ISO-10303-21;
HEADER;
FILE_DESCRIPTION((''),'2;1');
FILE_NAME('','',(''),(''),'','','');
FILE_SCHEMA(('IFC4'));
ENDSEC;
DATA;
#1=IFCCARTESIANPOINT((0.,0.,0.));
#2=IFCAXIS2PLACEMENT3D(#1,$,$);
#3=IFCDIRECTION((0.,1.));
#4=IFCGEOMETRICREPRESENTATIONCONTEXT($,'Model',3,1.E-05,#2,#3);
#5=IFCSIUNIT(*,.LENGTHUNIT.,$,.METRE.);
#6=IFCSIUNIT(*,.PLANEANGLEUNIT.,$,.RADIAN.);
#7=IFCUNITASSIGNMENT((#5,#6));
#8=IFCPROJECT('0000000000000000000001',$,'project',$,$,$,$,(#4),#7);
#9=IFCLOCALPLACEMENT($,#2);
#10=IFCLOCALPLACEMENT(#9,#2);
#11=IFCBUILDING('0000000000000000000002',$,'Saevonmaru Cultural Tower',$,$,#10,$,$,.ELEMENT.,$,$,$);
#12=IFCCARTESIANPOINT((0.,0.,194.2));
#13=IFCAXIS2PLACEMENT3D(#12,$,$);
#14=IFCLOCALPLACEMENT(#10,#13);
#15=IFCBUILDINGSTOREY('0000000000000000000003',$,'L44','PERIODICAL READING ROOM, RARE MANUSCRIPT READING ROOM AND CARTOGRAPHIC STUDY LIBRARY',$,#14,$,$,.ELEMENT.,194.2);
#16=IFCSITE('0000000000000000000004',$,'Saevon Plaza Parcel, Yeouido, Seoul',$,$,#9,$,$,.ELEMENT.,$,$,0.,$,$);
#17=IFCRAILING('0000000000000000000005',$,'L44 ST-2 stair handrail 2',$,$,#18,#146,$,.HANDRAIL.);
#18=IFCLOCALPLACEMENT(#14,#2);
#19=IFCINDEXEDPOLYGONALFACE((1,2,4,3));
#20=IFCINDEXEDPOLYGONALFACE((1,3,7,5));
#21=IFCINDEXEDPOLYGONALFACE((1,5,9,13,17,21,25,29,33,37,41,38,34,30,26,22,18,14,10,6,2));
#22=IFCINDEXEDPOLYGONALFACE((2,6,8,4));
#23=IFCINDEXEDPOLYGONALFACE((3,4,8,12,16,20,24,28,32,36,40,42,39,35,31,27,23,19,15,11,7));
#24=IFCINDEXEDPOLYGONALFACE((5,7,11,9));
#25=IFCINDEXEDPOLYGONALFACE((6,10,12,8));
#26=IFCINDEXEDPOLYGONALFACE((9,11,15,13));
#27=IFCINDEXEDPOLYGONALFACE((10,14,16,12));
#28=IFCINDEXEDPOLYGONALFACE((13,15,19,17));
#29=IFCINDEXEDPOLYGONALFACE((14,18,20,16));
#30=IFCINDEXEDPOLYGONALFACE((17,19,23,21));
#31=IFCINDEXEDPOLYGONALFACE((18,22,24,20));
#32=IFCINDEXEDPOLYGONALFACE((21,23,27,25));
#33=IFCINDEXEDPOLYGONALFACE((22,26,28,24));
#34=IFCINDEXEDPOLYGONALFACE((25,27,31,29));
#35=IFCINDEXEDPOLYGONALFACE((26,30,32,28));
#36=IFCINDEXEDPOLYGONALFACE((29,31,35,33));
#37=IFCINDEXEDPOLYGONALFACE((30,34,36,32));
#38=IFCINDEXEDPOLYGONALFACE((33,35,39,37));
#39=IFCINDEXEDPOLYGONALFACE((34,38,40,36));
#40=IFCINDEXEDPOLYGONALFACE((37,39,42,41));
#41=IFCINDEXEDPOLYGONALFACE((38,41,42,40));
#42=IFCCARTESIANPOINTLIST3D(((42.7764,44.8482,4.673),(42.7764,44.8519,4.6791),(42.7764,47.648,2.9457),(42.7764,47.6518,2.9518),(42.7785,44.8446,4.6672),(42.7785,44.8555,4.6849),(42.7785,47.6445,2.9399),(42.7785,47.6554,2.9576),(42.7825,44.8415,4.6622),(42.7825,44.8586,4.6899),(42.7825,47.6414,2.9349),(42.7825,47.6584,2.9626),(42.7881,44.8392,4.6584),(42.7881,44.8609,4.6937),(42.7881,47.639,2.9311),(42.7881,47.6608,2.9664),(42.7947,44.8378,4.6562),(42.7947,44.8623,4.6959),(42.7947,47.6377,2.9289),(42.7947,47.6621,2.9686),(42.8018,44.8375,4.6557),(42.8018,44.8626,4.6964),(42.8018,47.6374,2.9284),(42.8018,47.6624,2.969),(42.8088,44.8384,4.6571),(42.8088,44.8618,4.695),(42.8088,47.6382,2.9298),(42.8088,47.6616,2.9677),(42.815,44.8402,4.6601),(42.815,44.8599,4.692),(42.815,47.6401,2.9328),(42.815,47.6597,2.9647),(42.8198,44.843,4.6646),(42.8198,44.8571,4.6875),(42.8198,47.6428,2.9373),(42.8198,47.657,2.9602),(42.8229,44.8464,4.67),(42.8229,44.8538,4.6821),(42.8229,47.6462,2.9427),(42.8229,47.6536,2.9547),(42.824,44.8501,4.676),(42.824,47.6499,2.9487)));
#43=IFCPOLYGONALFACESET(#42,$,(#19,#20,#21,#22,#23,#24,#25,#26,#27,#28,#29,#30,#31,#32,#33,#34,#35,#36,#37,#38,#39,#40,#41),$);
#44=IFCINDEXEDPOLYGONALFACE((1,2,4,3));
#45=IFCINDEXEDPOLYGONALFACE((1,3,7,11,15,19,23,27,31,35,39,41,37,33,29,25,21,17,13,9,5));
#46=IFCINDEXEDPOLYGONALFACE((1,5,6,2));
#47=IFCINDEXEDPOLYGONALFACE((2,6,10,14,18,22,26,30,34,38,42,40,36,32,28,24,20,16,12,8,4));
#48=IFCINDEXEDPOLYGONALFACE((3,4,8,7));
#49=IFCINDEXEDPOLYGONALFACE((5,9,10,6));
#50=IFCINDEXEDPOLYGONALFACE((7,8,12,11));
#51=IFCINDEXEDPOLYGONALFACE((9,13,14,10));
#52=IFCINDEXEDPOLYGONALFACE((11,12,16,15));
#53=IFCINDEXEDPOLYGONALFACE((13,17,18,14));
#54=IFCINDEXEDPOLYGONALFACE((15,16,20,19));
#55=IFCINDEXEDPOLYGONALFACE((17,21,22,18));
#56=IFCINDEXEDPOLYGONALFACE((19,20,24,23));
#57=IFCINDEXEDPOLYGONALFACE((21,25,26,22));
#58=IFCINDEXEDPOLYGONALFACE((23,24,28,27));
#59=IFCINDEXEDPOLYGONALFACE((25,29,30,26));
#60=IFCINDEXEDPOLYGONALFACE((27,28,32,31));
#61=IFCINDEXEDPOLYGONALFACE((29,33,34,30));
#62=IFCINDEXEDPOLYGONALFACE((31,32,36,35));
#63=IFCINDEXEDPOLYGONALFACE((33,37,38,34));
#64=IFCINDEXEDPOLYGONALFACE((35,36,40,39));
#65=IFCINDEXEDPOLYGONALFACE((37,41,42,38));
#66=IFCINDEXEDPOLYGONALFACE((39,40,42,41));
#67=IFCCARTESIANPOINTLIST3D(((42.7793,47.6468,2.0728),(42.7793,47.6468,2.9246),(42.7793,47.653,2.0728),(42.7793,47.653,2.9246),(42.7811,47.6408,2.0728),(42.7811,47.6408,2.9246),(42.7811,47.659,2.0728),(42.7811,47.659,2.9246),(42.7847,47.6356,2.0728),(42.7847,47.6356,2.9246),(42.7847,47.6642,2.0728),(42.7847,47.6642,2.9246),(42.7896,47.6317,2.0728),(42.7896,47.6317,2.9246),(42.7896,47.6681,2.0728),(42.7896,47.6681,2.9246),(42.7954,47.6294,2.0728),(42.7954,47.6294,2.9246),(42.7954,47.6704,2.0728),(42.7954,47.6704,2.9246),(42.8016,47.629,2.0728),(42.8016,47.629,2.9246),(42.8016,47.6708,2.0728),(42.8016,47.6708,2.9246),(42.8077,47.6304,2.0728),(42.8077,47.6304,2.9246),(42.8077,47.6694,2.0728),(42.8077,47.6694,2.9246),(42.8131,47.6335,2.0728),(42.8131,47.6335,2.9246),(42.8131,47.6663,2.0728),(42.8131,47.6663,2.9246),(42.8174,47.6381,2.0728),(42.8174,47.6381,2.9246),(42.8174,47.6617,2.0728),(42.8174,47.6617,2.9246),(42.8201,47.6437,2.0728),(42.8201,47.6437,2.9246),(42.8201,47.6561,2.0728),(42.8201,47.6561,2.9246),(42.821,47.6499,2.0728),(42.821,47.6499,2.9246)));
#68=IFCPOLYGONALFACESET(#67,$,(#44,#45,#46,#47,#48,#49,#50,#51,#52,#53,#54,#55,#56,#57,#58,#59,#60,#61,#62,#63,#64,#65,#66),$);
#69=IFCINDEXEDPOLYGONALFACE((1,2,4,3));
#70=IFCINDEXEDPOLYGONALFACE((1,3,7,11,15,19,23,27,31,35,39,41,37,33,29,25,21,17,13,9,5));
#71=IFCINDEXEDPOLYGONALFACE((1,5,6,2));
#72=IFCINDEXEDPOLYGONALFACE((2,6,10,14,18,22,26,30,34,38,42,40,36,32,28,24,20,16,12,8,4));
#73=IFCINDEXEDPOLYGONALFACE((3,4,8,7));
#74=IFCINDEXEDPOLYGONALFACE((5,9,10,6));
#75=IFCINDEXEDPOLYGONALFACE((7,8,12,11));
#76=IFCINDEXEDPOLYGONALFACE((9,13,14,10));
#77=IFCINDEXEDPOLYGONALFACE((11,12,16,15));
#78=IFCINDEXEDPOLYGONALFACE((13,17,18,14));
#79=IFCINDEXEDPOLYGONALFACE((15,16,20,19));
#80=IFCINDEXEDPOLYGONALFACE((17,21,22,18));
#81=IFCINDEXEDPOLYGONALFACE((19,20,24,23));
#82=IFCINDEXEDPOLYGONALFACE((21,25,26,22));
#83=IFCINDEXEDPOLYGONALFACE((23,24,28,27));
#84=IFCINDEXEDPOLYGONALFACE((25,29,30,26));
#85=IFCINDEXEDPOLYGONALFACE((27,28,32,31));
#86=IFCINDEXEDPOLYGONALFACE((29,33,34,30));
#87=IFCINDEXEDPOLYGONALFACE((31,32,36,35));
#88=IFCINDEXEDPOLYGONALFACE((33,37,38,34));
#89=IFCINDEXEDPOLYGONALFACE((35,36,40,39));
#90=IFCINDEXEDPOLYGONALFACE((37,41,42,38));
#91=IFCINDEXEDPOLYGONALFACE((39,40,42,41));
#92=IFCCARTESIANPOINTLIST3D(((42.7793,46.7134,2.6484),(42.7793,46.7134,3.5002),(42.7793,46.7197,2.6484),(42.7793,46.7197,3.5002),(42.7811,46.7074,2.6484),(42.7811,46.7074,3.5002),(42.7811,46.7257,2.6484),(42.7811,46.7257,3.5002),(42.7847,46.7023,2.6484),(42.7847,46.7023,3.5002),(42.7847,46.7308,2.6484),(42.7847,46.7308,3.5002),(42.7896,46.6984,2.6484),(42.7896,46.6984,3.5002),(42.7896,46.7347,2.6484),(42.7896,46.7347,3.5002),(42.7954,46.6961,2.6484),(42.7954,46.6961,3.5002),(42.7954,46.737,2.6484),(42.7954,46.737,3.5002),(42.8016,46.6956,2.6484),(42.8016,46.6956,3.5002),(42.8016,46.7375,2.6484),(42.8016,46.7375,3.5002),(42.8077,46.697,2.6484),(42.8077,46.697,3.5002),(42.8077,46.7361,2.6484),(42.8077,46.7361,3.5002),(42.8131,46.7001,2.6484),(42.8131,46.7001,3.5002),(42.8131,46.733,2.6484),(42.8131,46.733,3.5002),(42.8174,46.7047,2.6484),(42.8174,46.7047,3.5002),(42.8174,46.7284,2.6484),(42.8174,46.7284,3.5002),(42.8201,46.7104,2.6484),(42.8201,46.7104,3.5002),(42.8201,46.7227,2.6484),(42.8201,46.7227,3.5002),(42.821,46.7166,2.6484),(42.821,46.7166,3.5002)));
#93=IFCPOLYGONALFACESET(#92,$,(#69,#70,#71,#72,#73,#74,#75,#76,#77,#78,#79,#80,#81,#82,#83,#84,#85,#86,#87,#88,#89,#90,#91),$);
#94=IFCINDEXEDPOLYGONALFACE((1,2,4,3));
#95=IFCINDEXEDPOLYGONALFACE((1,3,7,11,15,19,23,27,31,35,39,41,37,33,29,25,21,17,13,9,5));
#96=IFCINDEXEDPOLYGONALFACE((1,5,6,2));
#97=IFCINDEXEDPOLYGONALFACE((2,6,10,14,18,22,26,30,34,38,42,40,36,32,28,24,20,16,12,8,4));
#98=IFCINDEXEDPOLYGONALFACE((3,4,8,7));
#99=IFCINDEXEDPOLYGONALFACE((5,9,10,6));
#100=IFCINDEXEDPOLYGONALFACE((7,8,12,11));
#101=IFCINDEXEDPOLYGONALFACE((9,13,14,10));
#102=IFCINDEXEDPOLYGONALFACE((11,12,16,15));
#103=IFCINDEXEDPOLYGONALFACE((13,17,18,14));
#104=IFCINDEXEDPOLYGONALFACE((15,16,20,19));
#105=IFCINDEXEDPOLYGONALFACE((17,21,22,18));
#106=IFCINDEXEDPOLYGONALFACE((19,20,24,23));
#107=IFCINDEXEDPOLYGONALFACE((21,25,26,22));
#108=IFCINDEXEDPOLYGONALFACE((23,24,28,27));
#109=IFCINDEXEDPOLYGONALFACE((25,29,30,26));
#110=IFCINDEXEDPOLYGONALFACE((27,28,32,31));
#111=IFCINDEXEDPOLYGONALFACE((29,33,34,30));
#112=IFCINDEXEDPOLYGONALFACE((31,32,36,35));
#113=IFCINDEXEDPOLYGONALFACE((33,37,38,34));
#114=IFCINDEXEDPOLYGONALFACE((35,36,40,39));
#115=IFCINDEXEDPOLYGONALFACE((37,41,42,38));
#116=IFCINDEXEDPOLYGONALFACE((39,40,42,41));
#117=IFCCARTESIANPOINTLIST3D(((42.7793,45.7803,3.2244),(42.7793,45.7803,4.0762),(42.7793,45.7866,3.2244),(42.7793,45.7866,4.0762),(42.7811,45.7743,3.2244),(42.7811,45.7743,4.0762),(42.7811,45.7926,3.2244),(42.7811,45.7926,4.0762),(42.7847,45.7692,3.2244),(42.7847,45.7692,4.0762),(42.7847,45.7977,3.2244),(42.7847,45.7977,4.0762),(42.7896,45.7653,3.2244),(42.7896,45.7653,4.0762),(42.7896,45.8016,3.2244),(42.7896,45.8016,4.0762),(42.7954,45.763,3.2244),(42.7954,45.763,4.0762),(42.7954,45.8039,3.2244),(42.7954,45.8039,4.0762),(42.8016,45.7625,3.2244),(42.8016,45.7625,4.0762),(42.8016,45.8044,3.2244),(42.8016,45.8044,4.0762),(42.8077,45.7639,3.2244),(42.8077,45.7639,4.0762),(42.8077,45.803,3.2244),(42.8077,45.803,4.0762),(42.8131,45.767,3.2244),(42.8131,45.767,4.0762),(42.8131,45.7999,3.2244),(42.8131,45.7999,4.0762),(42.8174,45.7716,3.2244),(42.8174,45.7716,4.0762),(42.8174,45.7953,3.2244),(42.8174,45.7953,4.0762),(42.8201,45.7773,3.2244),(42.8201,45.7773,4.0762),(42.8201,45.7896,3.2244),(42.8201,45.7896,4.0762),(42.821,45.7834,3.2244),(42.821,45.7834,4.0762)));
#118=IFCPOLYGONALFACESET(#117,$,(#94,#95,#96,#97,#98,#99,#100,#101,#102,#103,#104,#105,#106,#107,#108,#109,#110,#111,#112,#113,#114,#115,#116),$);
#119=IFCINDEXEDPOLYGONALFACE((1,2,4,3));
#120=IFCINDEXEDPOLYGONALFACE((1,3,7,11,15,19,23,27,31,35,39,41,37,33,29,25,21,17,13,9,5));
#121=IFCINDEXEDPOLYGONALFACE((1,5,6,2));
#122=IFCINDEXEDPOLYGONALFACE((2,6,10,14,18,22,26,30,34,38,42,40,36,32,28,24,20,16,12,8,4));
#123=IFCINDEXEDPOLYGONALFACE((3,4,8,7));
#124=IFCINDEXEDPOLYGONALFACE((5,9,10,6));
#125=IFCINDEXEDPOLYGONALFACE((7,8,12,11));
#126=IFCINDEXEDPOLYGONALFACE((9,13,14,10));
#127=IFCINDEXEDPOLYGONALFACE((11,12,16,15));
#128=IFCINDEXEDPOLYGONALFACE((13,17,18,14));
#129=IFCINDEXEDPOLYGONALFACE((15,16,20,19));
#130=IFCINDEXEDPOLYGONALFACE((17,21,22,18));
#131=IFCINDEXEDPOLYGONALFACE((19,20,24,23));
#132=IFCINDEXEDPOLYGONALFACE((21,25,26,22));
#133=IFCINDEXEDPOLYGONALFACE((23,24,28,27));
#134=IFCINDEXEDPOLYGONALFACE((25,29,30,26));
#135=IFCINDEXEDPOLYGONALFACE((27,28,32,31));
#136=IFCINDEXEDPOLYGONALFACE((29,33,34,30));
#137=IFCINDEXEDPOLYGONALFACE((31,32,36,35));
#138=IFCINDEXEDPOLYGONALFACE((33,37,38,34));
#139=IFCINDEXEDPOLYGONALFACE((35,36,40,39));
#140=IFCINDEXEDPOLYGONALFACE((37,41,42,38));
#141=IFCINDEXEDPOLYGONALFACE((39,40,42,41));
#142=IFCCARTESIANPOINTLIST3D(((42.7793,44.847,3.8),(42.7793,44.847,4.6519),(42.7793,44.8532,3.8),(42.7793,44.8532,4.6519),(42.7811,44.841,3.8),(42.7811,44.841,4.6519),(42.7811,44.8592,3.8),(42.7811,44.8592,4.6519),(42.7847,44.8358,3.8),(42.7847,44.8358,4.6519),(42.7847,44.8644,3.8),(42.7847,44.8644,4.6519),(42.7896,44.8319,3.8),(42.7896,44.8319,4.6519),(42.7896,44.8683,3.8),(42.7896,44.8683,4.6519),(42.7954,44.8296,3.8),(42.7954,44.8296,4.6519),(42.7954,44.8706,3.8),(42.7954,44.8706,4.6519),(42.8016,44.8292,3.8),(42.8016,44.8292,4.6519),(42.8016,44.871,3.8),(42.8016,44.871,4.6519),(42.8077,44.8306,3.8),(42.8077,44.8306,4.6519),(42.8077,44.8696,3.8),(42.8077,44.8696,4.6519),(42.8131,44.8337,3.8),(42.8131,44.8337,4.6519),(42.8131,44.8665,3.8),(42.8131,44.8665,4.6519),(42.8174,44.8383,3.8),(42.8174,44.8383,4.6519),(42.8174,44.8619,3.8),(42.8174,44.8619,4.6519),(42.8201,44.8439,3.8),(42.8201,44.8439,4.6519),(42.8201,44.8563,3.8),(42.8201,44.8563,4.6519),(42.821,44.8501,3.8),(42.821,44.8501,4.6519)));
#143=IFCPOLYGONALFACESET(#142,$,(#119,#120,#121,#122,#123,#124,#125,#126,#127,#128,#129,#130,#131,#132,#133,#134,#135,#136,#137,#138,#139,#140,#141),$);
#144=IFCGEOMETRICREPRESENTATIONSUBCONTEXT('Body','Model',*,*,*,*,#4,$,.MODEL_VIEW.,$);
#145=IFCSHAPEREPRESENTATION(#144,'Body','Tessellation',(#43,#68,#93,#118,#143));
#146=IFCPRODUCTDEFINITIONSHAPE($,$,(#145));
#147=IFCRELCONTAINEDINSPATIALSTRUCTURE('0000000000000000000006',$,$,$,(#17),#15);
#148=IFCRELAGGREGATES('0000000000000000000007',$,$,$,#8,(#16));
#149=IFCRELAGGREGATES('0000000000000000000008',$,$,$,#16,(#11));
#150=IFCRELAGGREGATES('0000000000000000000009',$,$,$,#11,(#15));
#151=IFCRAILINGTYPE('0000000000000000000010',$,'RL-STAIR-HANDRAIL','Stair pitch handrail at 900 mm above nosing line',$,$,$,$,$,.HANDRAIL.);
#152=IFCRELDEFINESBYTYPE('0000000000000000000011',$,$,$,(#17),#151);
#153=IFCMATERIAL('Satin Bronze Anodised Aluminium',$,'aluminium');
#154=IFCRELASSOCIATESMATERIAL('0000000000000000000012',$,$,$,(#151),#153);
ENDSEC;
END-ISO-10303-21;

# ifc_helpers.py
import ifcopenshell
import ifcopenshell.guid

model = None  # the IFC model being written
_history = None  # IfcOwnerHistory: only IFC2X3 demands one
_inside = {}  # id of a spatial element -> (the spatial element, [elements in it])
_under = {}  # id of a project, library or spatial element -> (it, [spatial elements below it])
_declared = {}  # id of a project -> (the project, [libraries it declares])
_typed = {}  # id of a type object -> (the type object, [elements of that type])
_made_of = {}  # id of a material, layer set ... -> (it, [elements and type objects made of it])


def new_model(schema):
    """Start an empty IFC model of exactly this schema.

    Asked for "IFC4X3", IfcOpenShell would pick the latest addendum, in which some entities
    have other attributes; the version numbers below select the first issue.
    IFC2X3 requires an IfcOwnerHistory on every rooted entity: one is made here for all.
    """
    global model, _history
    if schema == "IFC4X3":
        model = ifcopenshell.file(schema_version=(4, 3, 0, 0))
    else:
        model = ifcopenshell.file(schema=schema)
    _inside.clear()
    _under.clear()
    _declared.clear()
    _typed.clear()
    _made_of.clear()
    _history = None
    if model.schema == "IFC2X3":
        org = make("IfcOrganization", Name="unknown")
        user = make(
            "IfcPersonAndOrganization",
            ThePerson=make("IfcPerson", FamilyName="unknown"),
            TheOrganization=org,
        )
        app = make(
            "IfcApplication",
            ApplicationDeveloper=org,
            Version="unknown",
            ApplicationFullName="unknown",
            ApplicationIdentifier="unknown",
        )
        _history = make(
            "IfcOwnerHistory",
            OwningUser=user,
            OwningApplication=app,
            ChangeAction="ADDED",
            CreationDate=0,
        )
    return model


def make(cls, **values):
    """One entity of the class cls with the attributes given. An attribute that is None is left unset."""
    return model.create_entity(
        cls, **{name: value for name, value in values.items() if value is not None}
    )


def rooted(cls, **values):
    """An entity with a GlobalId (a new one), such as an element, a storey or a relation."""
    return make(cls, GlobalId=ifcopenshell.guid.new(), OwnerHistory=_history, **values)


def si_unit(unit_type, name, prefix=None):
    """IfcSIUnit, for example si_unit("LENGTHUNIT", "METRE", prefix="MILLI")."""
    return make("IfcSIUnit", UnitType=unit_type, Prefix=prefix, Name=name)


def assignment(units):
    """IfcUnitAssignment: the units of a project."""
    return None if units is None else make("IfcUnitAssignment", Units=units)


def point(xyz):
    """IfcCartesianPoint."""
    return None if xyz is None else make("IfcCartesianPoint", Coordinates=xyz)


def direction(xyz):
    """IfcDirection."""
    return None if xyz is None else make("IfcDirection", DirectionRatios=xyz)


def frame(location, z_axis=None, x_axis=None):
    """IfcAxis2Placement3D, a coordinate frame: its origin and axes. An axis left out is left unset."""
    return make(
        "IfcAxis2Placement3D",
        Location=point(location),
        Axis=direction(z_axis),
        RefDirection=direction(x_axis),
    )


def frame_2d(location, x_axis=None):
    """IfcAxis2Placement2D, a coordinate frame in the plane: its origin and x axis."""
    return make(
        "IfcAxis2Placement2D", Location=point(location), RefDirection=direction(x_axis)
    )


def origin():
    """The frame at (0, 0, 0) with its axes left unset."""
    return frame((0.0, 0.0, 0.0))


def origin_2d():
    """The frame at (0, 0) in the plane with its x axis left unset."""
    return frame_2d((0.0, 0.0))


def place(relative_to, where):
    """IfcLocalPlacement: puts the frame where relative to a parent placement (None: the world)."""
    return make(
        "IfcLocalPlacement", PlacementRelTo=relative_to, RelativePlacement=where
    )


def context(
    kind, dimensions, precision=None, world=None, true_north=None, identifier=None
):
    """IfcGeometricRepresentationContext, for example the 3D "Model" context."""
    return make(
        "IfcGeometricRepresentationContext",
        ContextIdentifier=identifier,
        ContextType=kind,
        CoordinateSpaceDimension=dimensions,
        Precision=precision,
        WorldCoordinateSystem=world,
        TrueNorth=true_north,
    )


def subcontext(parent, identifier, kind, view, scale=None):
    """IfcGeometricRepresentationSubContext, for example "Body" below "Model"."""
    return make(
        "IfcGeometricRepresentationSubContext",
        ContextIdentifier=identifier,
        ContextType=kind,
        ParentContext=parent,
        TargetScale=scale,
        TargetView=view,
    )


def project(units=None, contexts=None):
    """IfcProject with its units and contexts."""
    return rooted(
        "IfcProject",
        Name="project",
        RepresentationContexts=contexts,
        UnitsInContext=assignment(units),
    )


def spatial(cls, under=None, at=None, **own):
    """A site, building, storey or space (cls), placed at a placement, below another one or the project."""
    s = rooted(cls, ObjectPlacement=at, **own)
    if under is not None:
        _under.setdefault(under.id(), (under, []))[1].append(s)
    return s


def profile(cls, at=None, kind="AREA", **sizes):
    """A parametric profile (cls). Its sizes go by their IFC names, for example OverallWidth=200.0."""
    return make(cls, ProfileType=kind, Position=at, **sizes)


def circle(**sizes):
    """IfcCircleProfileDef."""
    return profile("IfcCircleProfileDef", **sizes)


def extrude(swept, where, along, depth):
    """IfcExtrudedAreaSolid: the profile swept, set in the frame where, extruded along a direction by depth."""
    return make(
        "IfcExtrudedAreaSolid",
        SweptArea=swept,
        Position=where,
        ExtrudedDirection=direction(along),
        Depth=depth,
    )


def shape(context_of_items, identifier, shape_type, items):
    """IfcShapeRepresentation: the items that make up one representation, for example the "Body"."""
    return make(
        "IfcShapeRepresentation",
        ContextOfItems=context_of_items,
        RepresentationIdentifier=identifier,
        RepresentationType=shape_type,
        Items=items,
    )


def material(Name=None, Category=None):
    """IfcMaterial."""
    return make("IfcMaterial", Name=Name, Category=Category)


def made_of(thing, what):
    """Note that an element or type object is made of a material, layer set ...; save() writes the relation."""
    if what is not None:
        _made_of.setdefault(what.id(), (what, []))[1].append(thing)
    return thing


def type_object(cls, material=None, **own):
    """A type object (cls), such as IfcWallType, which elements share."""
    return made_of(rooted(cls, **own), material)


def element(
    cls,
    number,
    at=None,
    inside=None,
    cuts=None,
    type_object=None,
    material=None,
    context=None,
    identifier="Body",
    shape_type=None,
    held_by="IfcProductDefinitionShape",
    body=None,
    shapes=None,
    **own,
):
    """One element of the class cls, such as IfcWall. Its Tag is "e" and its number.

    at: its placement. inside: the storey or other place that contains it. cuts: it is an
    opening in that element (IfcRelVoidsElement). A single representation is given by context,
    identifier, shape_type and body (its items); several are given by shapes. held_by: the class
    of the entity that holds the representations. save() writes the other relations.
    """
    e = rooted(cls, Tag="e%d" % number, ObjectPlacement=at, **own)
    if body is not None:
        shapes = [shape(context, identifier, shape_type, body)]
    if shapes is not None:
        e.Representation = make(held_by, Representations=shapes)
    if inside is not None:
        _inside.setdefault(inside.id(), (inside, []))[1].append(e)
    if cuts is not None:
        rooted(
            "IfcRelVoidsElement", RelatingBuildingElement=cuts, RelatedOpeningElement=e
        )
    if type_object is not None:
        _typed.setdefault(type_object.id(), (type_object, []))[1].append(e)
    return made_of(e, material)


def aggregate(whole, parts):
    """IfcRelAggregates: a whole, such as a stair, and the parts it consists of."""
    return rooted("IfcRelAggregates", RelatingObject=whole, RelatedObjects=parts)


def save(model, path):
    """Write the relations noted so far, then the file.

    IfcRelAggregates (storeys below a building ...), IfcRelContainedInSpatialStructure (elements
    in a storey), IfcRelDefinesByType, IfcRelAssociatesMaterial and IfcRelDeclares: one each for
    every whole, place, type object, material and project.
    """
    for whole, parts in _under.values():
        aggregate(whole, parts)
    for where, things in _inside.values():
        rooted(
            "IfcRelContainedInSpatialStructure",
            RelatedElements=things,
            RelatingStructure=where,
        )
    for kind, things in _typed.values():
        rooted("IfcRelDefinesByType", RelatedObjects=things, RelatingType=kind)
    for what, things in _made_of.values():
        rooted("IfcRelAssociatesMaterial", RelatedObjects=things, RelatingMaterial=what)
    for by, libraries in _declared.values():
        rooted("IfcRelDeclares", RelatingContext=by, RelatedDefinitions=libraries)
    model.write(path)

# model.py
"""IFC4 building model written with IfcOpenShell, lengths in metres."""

from ifc_helpers import new_model, si_unit, direction, frame, origin, origin_2d, place, context, subcontext, project, spatial, circle, extrude, material, type_object, element, save


model = new_model("IFC4")

# Units and contexts
model_context = context("Model", 3, precision=1e-05, world=origin(), true_north=direction((0.0, 1.0)))
body_context = subcontext(model_context, "Body", "Model", "MODEL_VIEW")
ifc_project = project(units=[si_unit("LENGTHUNIT", "METRE"), si_unit("PLANEANGLEUNIT", "RADIAN")], contexts=[model_context])

# Site, building, storey
site_placement = place(None, origin())
site = spatial("IfcSite", under=ifc_project, at=site_placement, Name="Saevon Plaza Parcel, Yeouido, Seoul", CompositionType="ELEMENT", RefElevation=0.0)
building_placement = place(site_placement, origin())
building = spatial("IfcBuilding", under=site, at=building_placement, Name="Saevonmaru Cultural Tower", CompositionType="ELEMENT")
storey_placement = place(building_placement, frame((0.0, 0.0, 194.2)))
storey = spatial("IfcBuildingStorey", under=building, at=storey_placement, Name="L44", Description="PERIODICAL READING ROOM, RARE MANUSCRIPT READING ROOM AND CARTOGRAPHIC STUDY LIBRARY", CompositionType="ELEMENT", Elevation=194.2)

# Shared definitions
ifc_material_1 = material(Name="Satin Bronze Anodised Aluminium", Category="aluminium")

# Railing
railing_type = type_object("IfcRailingType", Name="RL-STAIR-HANDRAIL", Description="Stair pitch handrail at 900 mm above nosing line", PredefinedType="HANDRAIL", material=ifc_material_1)
railing_placement = place(storey_placement, frame((42.8, 47.6499, 2.0728)))
element("IfcRailing", 1, at=railing_placement, inside=storey, type_object=railing_type, Name="L44 ST-2 stair handrail 2", PredefinedType="HANDRAIL", context=body_context, shape_type="SweptSolid", body=[
    extrude(circle(Radius=0.0239, at=origin_2d()), frame((0.0, 0.0, 0.876), z_axis=(0.0, -0.851069, 0.525054), x_axis=(1.0, 0.0, 0.0)), (0.0, 0.0, 1.0), 3.2898),
    extrude(circle(Radius=0.021, at=origin_2d()), origin(), (0.0, 0.0, 1.0), 0.8518),
    extrude(circle(Radius=0.021, at=origin_2d()), frame((0.0, -0.9333, 0.5757)), (0.0, 0.0, 1.0), 0.8518),
    extrude(circle(Radius=0.021, at=origin_2d()), frame((0.0, -1.8665, 1.1516)), (0.0, 0.0, 1.0), 0.8518),
    extrude(circle(Radius=0.021, at=origin_2d()), frame((0.0, -2.7998, 1.7273)), (0.0, 0.0, 1.0), 0.8518),
])

save(model, "model.ifc")
